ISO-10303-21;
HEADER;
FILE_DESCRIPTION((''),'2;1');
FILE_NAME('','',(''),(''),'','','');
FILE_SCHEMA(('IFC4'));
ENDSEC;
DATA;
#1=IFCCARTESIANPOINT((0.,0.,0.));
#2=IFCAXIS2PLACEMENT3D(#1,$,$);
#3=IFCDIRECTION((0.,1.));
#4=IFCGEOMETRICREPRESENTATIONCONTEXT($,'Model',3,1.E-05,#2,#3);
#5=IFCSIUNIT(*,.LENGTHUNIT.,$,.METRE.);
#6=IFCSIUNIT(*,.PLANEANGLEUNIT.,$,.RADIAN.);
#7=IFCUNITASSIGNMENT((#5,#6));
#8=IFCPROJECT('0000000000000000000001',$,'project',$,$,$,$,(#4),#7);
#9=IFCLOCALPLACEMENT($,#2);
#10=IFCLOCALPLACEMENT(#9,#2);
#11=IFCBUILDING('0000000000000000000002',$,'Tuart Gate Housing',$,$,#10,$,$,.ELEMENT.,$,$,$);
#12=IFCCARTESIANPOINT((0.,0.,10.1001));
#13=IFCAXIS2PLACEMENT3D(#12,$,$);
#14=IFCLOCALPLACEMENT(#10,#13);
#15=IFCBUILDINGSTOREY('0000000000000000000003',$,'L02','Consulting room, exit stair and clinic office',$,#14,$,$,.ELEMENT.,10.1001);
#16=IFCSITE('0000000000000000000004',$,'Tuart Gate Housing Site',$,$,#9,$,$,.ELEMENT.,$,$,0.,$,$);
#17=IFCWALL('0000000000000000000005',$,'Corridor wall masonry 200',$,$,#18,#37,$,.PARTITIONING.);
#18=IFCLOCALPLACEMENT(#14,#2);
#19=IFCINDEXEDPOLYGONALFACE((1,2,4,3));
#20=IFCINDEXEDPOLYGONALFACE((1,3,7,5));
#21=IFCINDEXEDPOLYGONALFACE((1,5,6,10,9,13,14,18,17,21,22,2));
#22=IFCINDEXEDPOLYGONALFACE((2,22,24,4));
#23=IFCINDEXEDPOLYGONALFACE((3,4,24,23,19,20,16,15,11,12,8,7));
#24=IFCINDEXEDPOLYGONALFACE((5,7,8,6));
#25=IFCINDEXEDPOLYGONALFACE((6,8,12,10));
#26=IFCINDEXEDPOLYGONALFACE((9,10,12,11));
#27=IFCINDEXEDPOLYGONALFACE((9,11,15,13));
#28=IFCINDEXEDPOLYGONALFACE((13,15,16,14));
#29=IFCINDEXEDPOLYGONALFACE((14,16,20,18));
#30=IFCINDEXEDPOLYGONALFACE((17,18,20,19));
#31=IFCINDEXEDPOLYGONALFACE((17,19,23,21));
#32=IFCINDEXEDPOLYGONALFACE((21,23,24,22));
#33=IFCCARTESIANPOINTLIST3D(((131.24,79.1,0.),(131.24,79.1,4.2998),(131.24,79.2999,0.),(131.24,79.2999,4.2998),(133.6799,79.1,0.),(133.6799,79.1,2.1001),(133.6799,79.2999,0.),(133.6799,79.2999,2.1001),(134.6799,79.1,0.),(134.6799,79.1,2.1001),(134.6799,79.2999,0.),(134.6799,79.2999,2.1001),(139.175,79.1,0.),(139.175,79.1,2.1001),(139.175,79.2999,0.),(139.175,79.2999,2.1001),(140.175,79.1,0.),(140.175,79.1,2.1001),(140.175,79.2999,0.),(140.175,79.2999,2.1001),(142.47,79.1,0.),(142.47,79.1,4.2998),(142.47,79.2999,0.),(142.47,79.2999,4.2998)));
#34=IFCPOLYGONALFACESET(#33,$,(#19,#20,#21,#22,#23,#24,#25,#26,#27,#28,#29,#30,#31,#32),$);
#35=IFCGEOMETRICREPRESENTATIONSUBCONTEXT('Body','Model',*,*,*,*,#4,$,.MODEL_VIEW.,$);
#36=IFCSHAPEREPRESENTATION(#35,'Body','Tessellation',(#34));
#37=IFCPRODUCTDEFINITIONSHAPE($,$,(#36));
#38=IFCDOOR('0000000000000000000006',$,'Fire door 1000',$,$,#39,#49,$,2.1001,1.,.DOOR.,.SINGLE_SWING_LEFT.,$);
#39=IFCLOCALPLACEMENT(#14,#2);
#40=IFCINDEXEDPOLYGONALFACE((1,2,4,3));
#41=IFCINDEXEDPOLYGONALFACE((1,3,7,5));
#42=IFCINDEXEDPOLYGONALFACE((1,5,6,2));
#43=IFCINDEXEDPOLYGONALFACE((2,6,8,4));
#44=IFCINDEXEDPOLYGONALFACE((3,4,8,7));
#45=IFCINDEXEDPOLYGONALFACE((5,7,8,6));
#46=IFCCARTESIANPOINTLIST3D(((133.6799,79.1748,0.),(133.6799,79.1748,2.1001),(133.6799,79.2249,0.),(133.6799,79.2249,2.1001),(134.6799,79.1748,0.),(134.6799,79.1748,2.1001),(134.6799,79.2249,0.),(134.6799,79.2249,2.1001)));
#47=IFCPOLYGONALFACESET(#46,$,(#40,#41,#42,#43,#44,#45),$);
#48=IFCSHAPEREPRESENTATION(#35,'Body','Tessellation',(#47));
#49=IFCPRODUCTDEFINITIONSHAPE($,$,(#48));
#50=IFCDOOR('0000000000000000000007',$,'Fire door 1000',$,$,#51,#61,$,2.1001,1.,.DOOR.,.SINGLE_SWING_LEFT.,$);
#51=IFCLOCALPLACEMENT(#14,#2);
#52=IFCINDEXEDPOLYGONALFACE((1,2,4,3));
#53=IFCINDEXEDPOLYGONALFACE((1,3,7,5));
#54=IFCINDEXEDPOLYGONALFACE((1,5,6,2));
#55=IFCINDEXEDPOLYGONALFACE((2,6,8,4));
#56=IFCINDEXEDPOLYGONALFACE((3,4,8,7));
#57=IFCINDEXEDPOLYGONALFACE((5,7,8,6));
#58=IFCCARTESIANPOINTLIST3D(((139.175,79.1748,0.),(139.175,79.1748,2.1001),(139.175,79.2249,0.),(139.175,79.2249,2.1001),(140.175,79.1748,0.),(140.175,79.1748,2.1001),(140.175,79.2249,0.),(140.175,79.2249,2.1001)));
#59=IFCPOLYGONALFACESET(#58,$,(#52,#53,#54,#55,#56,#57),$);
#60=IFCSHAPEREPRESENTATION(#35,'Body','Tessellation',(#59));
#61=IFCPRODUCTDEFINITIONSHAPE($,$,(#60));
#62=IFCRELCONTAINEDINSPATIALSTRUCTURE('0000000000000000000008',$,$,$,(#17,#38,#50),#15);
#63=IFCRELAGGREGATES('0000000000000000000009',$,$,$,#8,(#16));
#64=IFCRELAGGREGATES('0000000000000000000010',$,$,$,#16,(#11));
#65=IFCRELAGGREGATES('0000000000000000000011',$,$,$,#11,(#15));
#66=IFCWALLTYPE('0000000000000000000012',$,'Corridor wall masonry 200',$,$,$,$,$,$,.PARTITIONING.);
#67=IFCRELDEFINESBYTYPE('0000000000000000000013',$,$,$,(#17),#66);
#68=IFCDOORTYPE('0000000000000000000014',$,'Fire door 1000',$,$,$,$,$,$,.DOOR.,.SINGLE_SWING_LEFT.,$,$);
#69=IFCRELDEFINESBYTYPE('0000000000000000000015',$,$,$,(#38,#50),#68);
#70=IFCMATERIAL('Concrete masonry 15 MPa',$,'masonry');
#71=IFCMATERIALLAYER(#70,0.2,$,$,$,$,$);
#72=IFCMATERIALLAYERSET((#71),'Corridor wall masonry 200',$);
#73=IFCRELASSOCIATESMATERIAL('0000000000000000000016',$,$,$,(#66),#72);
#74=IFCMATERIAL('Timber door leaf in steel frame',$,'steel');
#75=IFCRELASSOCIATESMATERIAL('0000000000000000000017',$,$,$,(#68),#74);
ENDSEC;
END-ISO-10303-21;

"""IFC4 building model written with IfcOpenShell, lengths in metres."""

from ifc_helpers import new_model, si_unit, direction, frame, frame_2d, origin, place, context, subcontext, project, spatial, rectangle, extrude, material, layer, layer_set, type_object, element, fill, save


model = new_model("IFC4")

# Units and contexts
model_context = context("Model", 3, precision=1e-05, world=origin(), true_north=direction((0.0, 1.0)))
body_context = subcontext(model_context, "Body", "Model", "MODEL_VIEW")
ifc_project = project(units=[si_unit("LENGTHUNIT", "METRE"), si_unit("PLANEANGLEUNIT", "RADIAN")], contexts=[model_context])

# Site, building, storey
site_placement = place(None, origin())
site = spatial("IfcSite", under=ifc_project, at=site_placement, Name="Tuart Gate Housing Site", CompositionType="ELEMENT", RefElevation=0.0)
building_placement = place(site_placement, origin())
building = spatial("IfcBuilding", under=site, at=building_placement, Name="Tuart Gate Housing", CompositionType="ELEMENT")
storey_placement = place(building_placement, frame((0.0, 0.0, 10.1001)))
storey = spatial("IfcBuildingStorey", under=building, at=storey_placement, Name="L02", Description="Consulting room, exit stair and clinic office", CompositionType="ELEMENT", Elevation=10.1001)

# Wall, openings, doors
ifc_material_1 = material(Name="Concrete masonry 15 MPa", Category="masonry")
ifc_layer_1 = layer(ifc_material_1, 0.2)
ifc_layer_set_1 = layer_set([ifc_layer_1], Name="Corridor wall masonry 200")
wall_type_1 = type_object("IfcWallType", Name="Corridor wall masonry 200", PredefinedType="PARTITIONING", material=ifc_layer_set_1)
wall_1_placement = place(storey_placement, frame((131.24, 79.2, 0.0), z_axis=(0.0, 0.0, 1.0), x_axis=(1.0, 0.0, 0.0)))
wall_1 = element("IfcWall", 1, at=wall_1_placement, inside=storey, type_object=wall_type_1, Name="Corridor wall masonry 200", PredefinedType="PARTITIONING", context=body_context, shape_type="SweptSolid", body=[
    extrude(rectangle(XDim=11.23, YDim=0.2, at=frame_2d((5.615, 0.0))), origin(), (0.0, 0.0, 1.0), 4.2998),
])
opening_1_placement = place(wall_1_placement, frame((2.4399, 0.0, 0.0)))
opening_1 = element("IfcOpeningElement", 2, at=opening_1_placement, cuts=wall_1, PredefinedType="OPENING", context=body_context, shape_type="SweptSolid", body=[
    extrude(rectangle(XDim=1.0, YDim=2.1001, at=frame_2d((0.5, 1.05))), frame((0.0, 0.1099, 0.0), z_axis=(0.0, -1.0, 0.0), x_axis=(1.0, 0.0, 0.0)), (0.0, 0.0, 1.0), 0.22),
])
opening_2_placement = place(wall_1_placement, frame((7.9351, 0.0, 0.0)))
opening_2 = element("IfcOpeningElement", 3, at=opening_2_placement, cuts=wall_1, PredefinedType="OPENING", context=body_context, shape_type="SweptSolid", body=[
    extrude(rectangle(XDim=1.0, YDim=2.1001, at=frame_2d((0.5, 1.05))), frame((0.0, 0.1099, 0.0), z_axis=(0.0, -1.0, 0.0), x_axis=(1.0, 0.0, 0.0)), (0.0, 0.0, 1.0), 0.22),
])
ifc_material_2 = material(Name="Timber door leaf in steel frame", Category="steel")
door_type_1 = type_object("IfcDoorType", Name="Fire door 1000", OperationType="SINGLE_SWING_LEFT", PredefinedType="DOOR", material=ifc_material_2)
door_1_placement = place(opening_1_placement, origin())
door_1 = element("IfcDoor", 4, at=door_1_placement, inside=storey, type_object=door_type_1, Name="Fire door 1000", OperationType="SINGLE_SWING_LEFT", OverallHeight=2.1001, OverallWidth=1.0, PredefinedType="DOOR", context=body_context, shape_type="SweptSolid", body=[
    extrude(rectangle(XDim=1.0, YDim=2.1001, at=frame_2d((0.5, 1.05))), frame((0.0, 0.0249, 0.0), z_axis=(0.0, -1.0, 0.0), x_axis=(1.0, 0.0, 0.0)), (0.0, 0.0, 1.0), 0.05),
])
fill(opening_1, door_1)
door_2_placement = place(opening_2_placement, origin())
door_2 = element("IfcDoor", 5, at=door_2_placement, inside=storey, type_object=door_type_1, Name="Fire door 1000", OperationType="SINGLE_SWING_LEFT", OverallHeight=2.1001, OverallWidth=1.0, PredefinedType="DOOR", context=body_context, shape_type="SweptSolid", body=[
    extrude(rectangle(XDim=1.0, YDim=2.1001, at=frame_2d((0.5, 1.05))), frame((0.0, 0.0249, 0.0), z_axis=(0.0, -1.0, 0.0), x_axis=(1.0, 0.0, 0.0)), (0.0, 0.0, 1.0), 0.05),
])
fill(opening_2, door_2)

save(model, "model.ifc")
